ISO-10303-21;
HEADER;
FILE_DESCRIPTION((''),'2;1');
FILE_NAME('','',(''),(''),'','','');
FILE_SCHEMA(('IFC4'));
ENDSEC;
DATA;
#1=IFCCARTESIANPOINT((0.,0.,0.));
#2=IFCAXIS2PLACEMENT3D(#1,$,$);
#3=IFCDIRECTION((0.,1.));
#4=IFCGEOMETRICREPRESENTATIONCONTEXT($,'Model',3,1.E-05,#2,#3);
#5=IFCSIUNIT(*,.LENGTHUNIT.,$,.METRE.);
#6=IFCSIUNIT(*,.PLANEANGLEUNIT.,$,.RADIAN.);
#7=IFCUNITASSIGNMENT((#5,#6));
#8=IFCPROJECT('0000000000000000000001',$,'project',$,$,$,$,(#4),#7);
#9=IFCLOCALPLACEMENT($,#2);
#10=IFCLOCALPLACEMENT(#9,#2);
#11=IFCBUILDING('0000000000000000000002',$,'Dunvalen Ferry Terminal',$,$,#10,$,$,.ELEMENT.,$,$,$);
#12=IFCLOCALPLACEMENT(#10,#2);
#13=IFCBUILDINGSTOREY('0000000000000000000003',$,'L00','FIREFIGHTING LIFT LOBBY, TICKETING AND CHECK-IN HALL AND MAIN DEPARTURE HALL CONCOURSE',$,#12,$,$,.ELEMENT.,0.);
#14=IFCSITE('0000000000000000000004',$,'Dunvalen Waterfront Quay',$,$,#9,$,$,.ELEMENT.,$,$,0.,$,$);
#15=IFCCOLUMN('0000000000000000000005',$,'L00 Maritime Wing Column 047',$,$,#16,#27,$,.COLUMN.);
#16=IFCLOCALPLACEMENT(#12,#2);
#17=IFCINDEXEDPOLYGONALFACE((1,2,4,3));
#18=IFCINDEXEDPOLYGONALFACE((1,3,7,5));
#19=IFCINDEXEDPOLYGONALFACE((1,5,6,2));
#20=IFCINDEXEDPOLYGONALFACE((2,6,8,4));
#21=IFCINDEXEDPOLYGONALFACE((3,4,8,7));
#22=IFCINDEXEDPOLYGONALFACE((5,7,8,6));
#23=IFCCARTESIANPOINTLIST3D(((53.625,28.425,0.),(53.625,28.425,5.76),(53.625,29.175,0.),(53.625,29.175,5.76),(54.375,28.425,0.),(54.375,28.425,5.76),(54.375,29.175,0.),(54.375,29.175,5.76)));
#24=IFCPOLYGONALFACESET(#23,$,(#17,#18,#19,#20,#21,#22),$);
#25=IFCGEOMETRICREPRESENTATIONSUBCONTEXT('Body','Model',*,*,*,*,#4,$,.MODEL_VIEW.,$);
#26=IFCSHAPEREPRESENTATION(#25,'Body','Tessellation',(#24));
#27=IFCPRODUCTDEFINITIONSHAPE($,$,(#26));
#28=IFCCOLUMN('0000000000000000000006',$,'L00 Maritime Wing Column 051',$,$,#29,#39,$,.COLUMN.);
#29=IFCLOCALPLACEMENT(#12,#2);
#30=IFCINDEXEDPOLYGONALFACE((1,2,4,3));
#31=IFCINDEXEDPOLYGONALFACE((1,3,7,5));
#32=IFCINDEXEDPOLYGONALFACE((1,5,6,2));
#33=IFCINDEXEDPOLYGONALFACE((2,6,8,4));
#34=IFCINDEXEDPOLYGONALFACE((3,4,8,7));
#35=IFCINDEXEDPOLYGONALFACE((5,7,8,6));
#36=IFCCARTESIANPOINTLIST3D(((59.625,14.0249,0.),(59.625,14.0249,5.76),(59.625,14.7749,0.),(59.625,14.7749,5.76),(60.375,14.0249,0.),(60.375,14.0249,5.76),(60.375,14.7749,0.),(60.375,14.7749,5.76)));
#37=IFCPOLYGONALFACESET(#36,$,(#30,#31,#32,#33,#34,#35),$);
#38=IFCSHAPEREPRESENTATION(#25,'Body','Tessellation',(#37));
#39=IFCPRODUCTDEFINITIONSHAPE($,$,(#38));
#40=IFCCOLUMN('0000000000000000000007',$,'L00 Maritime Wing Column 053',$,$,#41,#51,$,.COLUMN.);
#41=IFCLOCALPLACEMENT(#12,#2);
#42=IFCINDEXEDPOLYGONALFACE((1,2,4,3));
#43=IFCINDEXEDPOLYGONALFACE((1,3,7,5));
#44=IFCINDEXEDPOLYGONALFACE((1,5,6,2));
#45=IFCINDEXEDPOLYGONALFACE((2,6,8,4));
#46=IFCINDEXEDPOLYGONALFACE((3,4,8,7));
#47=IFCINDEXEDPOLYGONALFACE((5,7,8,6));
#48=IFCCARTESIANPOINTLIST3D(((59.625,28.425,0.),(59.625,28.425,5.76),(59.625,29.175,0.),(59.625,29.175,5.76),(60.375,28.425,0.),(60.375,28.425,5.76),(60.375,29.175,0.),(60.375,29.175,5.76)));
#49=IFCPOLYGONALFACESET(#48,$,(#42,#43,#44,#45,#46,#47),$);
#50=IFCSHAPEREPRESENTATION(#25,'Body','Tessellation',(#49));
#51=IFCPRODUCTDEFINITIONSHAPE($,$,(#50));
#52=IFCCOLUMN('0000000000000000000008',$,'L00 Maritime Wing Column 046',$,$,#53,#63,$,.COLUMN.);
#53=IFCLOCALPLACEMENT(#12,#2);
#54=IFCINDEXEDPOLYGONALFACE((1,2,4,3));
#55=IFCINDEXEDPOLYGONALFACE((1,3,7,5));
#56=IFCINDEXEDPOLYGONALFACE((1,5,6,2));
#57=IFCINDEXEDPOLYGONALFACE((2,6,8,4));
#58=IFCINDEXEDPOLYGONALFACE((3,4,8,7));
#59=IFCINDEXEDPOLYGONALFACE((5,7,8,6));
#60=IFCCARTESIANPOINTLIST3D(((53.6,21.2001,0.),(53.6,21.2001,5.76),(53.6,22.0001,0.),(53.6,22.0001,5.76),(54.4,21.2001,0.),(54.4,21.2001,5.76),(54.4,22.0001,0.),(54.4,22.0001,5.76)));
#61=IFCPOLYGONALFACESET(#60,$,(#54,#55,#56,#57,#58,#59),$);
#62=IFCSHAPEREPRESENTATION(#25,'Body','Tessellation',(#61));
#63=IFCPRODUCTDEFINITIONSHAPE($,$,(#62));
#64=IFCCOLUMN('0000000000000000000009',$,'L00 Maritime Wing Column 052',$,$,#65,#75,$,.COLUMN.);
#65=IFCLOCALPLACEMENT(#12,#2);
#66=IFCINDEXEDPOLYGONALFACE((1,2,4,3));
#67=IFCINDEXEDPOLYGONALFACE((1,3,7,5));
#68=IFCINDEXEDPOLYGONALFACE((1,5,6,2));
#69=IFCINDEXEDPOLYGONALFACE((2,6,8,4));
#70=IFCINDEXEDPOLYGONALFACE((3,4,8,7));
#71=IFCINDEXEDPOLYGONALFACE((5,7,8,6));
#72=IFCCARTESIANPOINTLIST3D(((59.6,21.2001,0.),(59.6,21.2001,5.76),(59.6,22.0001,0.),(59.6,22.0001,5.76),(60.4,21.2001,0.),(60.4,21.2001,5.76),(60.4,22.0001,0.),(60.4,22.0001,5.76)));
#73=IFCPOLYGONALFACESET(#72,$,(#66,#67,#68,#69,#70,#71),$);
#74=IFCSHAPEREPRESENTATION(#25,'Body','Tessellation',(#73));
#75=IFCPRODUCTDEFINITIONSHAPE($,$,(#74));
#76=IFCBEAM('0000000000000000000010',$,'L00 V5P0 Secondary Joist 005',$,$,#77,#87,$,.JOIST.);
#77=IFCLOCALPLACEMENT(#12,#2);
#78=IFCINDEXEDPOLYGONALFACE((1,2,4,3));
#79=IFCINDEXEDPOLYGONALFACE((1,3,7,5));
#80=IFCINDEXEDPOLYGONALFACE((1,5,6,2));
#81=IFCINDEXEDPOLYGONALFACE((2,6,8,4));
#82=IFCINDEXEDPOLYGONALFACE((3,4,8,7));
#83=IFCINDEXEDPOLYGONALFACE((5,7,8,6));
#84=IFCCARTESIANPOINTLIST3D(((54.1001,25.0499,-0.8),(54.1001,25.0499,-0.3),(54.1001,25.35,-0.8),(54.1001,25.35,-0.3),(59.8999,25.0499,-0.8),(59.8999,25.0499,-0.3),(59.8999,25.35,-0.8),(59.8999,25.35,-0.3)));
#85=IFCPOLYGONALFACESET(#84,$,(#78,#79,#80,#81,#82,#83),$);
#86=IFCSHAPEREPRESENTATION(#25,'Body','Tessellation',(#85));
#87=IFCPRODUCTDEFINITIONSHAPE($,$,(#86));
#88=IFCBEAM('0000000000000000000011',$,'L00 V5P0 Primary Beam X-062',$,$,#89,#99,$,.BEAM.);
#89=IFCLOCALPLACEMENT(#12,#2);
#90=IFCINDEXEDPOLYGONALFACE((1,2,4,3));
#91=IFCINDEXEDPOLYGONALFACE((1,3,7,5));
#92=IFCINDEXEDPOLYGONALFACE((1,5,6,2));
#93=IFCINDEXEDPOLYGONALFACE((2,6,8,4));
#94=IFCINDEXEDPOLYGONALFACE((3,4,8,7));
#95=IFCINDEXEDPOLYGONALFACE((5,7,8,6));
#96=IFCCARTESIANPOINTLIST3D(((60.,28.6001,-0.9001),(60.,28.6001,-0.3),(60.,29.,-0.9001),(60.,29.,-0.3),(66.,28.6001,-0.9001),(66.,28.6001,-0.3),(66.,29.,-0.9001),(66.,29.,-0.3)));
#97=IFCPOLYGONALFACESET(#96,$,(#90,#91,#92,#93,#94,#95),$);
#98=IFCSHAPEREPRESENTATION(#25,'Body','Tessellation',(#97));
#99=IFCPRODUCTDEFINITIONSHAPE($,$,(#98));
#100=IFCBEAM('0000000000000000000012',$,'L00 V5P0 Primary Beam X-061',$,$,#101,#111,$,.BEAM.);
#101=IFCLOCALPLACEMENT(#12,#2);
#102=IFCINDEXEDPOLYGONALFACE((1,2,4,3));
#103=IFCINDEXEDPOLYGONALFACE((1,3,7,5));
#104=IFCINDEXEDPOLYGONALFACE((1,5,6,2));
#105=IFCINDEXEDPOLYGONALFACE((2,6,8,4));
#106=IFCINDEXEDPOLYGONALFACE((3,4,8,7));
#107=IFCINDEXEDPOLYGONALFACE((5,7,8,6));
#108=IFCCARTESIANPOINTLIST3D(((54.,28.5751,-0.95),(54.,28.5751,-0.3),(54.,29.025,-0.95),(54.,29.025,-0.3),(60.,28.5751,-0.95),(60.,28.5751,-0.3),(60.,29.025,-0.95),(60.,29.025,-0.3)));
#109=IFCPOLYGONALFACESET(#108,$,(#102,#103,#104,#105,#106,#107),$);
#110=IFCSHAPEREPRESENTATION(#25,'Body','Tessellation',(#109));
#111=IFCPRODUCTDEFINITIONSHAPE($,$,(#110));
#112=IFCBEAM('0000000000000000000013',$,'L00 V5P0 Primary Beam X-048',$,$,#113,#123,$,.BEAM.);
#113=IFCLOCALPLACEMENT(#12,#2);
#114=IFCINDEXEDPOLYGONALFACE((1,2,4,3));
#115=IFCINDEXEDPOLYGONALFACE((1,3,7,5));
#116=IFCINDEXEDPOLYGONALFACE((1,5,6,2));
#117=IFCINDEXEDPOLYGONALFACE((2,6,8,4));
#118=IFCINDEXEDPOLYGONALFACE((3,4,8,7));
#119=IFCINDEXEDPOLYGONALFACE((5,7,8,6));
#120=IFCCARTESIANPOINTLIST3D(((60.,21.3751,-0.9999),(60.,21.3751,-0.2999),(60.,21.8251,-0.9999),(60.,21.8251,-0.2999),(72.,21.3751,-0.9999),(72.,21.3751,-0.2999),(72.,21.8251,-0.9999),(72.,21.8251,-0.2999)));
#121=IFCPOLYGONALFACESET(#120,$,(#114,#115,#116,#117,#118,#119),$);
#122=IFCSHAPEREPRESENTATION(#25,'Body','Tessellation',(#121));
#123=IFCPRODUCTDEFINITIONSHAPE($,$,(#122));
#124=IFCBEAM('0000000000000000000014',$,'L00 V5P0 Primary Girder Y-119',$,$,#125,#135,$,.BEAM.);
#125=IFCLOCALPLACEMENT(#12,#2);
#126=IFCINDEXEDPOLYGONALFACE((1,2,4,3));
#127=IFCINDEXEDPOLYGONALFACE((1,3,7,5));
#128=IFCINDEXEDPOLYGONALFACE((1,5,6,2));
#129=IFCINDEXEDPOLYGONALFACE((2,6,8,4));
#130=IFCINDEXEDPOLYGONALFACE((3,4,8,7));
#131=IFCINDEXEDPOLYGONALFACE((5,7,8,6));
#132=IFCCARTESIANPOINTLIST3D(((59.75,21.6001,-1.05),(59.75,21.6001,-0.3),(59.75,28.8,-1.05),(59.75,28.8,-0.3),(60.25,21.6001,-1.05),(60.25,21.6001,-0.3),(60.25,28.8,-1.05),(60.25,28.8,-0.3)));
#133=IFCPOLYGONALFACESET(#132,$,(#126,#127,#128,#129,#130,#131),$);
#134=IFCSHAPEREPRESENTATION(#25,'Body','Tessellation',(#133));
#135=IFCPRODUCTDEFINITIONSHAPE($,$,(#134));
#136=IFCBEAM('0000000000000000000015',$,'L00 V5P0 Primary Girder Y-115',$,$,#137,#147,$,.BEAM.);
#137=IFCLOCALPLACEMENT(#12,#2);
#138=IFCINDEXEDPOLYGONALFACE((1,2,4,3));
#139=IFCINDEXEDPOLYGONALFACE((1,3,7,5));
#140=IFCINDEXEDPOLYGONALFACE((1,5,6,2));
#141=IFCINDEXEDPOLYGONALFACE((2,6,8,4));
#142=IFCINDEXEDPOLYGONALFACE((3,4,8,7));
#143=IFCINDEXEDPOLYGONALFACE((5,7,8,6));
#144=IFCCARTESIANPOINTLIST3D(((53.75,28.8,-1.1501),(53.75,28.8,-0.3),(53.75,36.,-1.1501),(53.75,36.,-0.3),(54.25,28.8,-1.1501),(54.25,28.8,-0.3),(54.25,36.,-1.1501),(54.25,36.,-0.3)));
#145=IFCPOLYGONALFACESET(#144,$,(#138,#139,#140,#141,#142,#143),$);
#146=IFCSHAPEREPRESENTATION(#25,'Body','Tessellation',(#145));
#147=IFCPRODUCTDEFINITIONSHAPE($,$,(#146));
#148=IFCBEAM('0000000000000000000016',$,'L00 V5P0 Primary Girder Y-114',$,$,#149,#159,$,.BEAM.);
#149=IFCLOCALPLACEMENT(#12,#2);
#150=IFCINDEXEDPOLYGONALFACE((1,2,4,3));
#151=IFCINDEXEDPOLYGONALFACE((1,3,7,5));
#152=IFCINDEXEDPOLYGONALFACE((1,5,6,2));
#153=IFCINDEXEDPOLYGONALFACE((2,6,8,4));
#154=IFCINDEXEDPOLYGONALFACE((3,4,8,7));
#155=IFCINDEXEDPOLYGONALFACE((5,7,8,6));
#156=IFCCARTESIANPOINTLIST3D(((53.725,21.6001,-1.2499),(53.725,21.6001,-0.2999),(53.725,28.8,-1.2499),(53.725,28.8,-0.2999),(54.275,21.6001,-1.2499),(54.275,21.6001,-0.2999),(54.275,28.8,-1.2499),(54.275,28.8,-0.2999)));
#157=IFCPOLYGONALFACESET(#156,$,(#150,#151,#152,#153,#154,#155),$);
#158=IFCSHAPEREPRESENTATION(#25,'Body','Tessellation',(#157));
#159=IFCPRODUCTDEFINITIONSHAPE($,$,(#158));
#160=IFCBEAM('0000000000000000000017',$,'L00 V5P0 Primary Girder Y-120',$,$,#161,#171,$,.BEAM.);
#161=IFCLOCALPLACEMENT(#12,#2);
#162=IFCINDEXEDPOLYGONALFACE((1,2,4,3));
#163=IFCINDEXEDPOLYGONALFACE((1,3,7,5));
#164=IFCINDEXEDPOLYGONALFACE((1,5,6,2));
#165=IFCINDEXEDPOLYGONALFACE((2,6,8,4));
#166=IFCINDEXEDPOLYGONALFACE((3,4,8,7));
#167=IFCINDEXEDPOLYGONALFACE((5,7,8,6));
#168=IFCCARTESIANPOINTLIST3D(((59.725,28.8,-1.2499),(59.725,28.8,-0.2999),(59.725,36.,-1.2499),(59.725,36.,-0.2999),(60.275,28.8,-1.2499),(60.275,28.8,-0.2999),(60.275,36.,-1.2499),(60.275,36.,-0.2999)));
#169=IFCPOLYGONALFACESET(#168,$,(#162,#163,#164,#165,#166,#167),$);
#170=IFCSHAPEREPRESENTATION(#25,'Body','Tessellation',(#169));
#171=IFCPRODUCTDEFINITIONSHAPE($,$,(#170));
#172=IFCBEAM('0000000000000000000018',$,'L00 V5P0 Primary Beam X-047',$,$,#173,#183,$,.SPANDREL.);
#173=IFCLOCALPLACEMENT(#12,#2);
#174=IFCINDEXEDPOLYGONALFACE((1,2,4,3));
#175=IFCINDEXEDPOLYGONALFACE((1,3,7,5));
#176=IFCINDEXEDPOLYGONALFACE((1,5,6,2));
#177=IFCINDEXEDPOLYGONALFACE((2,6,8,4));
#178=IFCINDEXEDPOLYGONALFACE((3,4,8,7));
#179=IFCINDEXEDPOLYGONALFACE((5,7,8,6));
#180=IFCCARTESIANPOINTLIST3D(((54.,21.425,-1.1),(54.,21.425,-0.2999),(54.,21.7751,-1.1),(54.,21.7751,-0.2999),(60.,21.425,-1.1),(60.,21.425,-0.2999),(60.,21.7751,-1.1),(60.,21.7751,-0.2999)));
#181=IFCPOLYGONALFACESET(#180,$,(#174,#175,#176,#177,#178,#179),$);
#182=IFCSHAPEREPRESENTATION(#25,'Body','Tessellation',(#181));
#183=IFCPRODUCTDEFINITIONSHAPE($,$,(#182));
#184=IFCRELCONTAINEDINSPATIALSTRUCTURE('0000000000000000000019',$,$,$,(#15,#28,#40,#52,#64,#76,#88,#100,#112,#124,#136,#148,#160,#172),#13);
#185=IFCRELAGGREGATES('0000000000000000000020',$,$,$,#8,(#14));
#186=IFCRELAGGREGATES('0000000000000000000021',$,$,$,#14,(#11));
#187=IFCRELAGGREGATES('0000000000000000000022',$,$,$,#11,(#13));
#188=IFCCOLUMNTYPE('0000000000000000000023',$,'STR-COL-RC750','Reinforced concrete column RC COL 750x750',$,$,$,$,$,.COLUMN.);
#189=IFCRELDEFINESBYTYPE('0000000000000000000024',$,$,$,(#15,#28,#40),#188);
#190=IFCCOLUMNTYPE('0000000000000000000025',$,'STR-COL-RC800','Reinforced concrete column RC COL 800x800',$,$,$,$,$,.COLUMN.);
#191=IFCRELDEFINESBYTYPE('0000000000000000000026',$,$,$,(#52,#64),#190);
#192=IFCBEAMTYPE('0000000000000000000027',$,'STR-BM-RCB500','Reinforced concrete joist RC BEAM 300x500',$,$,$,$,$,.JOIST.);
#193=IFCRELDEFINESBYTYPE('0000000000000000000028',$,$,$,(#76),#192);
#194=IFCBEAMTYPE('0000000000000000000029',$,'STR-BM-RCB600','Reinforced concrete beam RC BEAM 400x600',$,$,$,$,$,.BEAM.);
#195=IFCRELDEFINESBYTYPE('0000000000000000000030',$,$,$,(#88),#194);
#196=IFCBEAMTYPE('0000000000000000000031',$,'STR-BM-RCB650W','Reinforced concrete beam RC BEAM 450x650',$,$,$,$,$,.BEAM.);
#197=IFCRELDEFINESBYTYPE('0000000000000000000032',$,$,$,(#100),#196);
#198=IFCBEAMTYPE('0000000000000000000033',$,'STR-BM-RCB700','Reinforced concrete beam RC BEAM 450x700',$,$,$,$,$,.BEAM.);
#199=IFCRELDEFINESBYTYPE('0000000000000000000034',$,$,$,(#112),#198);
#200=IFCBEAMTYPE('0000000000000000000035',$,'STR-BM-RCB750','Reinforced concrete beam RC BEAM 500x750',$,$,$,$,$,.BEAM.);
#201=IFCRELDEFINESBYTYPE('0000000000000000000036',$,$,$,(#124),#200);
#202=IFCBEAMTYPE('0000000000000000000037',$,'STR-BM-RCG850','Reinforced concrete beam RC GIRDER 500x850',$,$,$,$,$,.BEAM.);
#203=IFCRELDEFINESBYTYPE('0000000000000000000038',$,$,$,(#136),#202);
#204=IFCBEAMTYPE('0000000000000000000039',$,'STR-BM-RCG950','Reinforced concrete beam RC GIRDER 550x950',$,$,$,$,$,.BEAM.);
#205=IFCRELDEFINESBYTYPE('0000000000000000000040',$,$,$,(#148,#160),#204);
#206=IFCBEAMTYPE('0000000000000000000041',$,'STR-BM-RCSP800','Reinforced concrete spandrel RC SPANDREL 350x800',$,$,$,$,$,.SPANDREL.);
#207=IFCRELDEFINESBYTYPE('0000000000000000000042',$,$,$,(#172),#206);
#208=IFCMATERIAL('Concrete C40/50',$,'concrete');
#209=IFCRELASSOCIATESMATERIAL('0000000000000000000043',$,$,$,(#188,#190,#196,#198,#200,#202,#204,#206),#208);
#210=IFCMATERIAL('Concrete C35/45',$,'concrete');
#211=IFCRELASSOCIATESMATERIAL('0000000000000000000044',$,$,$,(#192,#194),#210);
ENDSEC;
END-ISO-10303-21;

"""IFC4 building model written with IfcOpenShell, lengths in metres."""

from ifc_helpers import new_model, si_unit, direction, frame, origin, origin_2d, place, context, subcontext, project, spatial, rectangle, extrude, material, material_profile, profile_set, type_object, element, save


model = new_model("IFC4")

# Units and contexts
model_context = context("Model", 3, precision=1e-05, world=origin(), true_north=direction((0.0, 1.0)))
body_context = subcontext(model_context, "Body", "Model", "MODEL_VIEW")
ifc_project = project(units=[si_unit("LENGTHUNIT", "METRE"), si_unit("PLANEANGLEUNIT", "RADIAN")], contexts=[model_context])

# Site, building, storey
site_placement = place(None, origin())
site = spatial("IfcSite", under=ifc_project, at=site_placement, Name="Dunvalen Waterfront Quay", CompositionType="ELEMENT", RefElevation=0.0)
building_placement = place(site_placement, origin())
building = spatial("IfcBuilding", under=site, at=building_placement, Name="Dunvalen Ferry Terminal", CompositionType="ELEMENT")
storey_placement = place(building_placement, origin())
storey = spatial("IfcBuildingStorey", under=building, at=storey_placement, Name="L00", Description="FIREFIGHTING LIFT LOBBY, TICKETING AND CHECK-IN HALL AND MAIN DEPARTURE HALL CONCOURSE", CompositionType="ELEMENT", Elevation=0.0)

# Columns
ifc_material_1 = material(Name="Concrete C40/50", Category="concrete")
ifc_material_profile_1 = material_profile(ifc_material_1, rectangle(XDim=0.75, YDim=0.75, at=origin_2d()), Name="Concrete C40/50")
ifc_profile_set_1 = profile_set([ifc_material_profile_1], Name="Concrete C40/50")
column_type_1 = type_object("IfcColumnType", Name="STR-COL-RC750", Description="Reinforced concrete column RC COL 750x750", PredefinedType="COLUMN", material=ifc_profile_set_1)
for number, where, z_axis, x_axis, name in (
    (1, (54.0, 28.8, 0.0), (0.0, 0.0, 1.0), (1.0, 0.0, 0.0), "L00 Maritime Wing Column 047"),
    (2, (60.0, 14.3999, 0.0), (0.0, 0.0, 1.0), (1.0, 0.0, 0.0), "L00 Maritime Wing Column 051"),
    (3, (60.0, 28.8, 0.0), (0.0, 0.0, 1.0), (1.0, 0.0, 0.0), "L00 Maritime Wing Column 053"),
):
    element("IfcColumn", number, at=place(storey_placement, frame(where, z_axis=z_axis, x_axis=x_axis)), inside=storey, type_object=column_type_1, Name=name, PredefinedType="COLUMN", context=body_context, shape_type="SweptSolid", body=[
        extrude(rectangle(XDim=0.75, YDim=0.75, at=origin_2d()), origin(), (0.0, 0.0, 1.0), 5.76),
    ])
ifc_material_profile_2 = material_profile(ifc_material_1, rectangle(XDim=0.8, YDim=0.8, at=origin_2d()), Name="Concrete C40/50")
ifc_profile_set_2 = profile_set([ifc_material_profile_2], Name="Concrete C40/50")
column_type_2 = type_object("IfcColumnType", Name="STR-COL-RC800", Description="Reinforced concrete column RC COL 800x800", PredefinedType="COLUMN", material=ifc_profile_set_2)
for number, where, z_axis, x_axis, name in (
    (4, (54.0, 21.6001, 0.0), (0.0, 0.0, 1.0), (1.0, 0.0, 0.0), "L00 Maritime Wing Column 046"),
    (5, (60.0, 21.6001, 0.0), (0.0, 0.0, 1.0), (1.0, 0.0, 0.0), "L00 Maritime Wing Column 052"),
):
    element("IfcColumn", number, at=place(storey_placement, frame(where, z_axis=z_axis, x_axis=x_axis)), inside=storey, type_object=column_type_2, Name=name, PredefinedType="COLUMN", context=body_context, shape_type="SweptSolid", body=[
        extrude(rectangle(XDim=0.8, YDim=0.8, at=origin_2d()), origin(), (0.0, 0.0, 1.0), 5.76),
    ])

# Beams
ifc_material_2 = material(Name="Concrete C35/45", Category="concrete")
ifc_material_profile_3 = material_profile(ifc_material_2, rectangle(XDim=0.3, YDim=0.5, at=origin_2d()), Name="Concrete C35/45")
ifc_profile_set_3 = profile_set([ifc_material_profile_3], Name="Concrete C35/45")
beam_type_1 = type_object("IfcBeamType", Name="STR-BM-RCB500", Description="Reinforced concrete joist RC BEAM 300x500", PredefinedType="JOIST", material=ifc_profile_set_3)
beam_1_placement = place(storey_placement, frame((54.1001, 25.2, -0.55), z_axis=(1.0, 0.0, 0.0), x_axis=(0.0, 1.0, 0.0)))
element("IfcBeam", 6, at=beam_1_placement, inside=storey, type_object=beam_type_1, Name="L00 V5P0 Secondary Joist 005", PredefinedType="JOIST", context=body_context, shape_type="SweptSolid", body=[
    extrude(rectangle(XDim=0.3, YDim=0.5, at=origin_2d()), origin(), (0.0, 0.0, 1.0), 5.7998),
])
ifc_material_profile_4 = material_profile(ifc_material_2, rectangle(XDim=0.3999, YDim=0.6001, at=origin_2d()), Name="Concrete C35/45")
ifc_profile_set_4 = profile_set([ifc_material_profile_4], Name="Concrete C35/45")
beam_type_2 = type_object("IfcBeamType", Name="STR-BM-RCB600", Description="Reinforced concrete beam RC BEAM 400x600", PredefinedType="BEAM", material=ifc_profile_set_4)
beam_2_placement = place(storey_placement, frame((60.0, 28.8, -0.6001), z_axis=(1.0, 0.0, 0.0), x_axis=(0.0, 1.0, 0.0)))
element("IfcBeam", 7, at=beam_2_placement, inside=storey, type_object=beam_type_2, Name="L00 V5P0 Primary Beam X-062", PredefinedType="BEAM", context=body_context, shape_type="SweptSolid", body=[
    extrude(rectangle(XDim=0.3999, YDim=0.6001, at=origin_2d()), origin(), (0.0, 0.0, 1.0), 6.0),
])
ifc_material_profile_5 = material_profile(ifc_material_1, rectangle(XDim=0.45, YDim=0.6499, at=origin_2d()), Name="Concrete C40/50")
ifc_profile_set_5 = profile_set([ifc_material_profile_5], Name="Concrete C40/50")
beam_type_3 = type_object("IfcBeamType", Name="STR-BM-RCB650W", Description="Reinforced concrete beam RC BEAM 450x650", PredefinedType="BEAM", material=ifc_profile_set_5)
beam_3_placement = place(storey_placement, frame((54.0, 28.8, -0.625), z_axis=(1.0, 0.0, 0.0), x_axis=(0.0, 1.0, 0.0)))
element("IfcBeam", 8, at=beam_3_placement, inside=storey, type_object=beam_type_3, Name="L00 V5P0 Primary Beam X-061", PredefinedType="BEAM", context=body_context, shape_type="SweptSolid", body=[
    extrude(rectangle(XDim=0.45, YDim=0.6499, at=origin_2d()), origin(), (0.0, 0.0, 1.0), 6.0),
])
ifc_material_profile_6 = material_profile(ifc_material_1, rectangle(XDim=0.45, YDim=0.7, at=origin_2d()), Name="Concrete C40/50")
ifc_profile_set_6 = profile_set([ifc_material_profile_6], Name="Concrete C40/50")
beam_type_4 = type_object("IfcBeamType", Name="STR-BM-RCB700", Description="Reinforced concrete beam RC BEAM 450x700", PredefinedType="BEAM", material=ifc_profile_set_6)
beam_4_placement = place(storey_placement, frame((60.0, 21.6001, -0.6499), z_axis=(1.0, 0.0, 0.0), x_axis=(0.0, 1.0, 0.0)))
element("IfcBeam", 9, at=beam_4_placement, inside=storey, type_object=beam_type_4, Name="L00 V5P0 Primary Beam X-048", PredefinedType="BEAM", context=body_context, shape_type="SweptSolid", body=[
    extrude(rectangle(XDim=0.45, YDim=0.7, at=origin_2d()), origin(), (0.0, 0.0, 1.0), 12.0),
])
ifc_material_profile_7 = material_profile(ifc_material_1, rectangle(XDim=0.5, YDim=0.75, at=origin_2d()), Name="Concrete C40/50")
ifc_profile_set_7 = profile_set([ifc_material_profile_7], Name="Concrete C40/50")
beam_type_5 = type_object("IfcBeamType", Name="STR-BM-RCB750", Description="Reinforced concrete beam RC BEAM 500x750", PredefinedType="BEAM", material=ifc_profile_set_7)
beam_5_placement = place(storey_placement, frame((60.0, 21.6001, -0.675), z_axis=(0.0, 1.0, 0.0), x_axis=(-1.0, 0.0, 0.0)))
element("IfcBeam", 10, at=beam_5_placement, inside=storey, type_object=beam_type_5, Name="L00 V5P0 Primary Girder Y-119", PredefinedType="BEAM", context=body_context, shape_type="SweptSolid", body=[
    extrude(rectangle(XDim=0.5, YDim=0.75, at=origin_2d()), origin(), (0.0, 0.0, 1.0), 7.2),
])
ifc_material_profile_8 = material_profile(ifc_material_1, rectangle(XDim=0.5, YDim=0.8501, at=origin_2d()), Name="Concrete C40/50")
ifc_profile_set_8 = profile_set([ifc_material_profile_8], Name="Concrete C40/50")
beam_type_6 = type_object("IfcBeamType", Name="STR-BM-RCG850", Description="Reinforced concrete beam RC GIRDER 500x850", PredefinedType="BEAM", material=ifc_profile_set_8)
beam_6_placement = place(storey_placement, frame((54.0, 28.8, -0.7251), z_axis=(0.0, 1.0, 0.0), x_axis=(-1.0, 0.0, 0.0)))
element("IfcBeam", 11, at=beam_6_placement, inside=storey, type_object=beam_type_6, Name="L00 V5P0 Primary Girder Y-115", PredefinedType="BEAM", context=body_context, shape_type="SweptSolid", body=[
    extrude(rectangle(XDim=0.5, YDim=0.8501, at=origin_2d()), origin(), (0.0, 0.0, 1.0), 7.2),
])
ifc_material_profile_9 = material_profile(ifc_material_1, rectangle(XDim=0.55, YDim=0.95, at=origin_2d()), Name="Concrete C40/50")
ifc_profile_set_9 = profile_set([ifc_material_profile_9], Name="Concrete C40/50")
beam_type_7 = type_object("IfcBeamType", Name="STR-BM-RCG950", Description="Reinforced concrete beam RC GIRDER 550x950", PredefinedType="BEAM", material=ifc_profile_set_9)
for number, where, z_axis, x_axis, name in (
    (12, (54.0, 21.6001, -0.7749), (0.0, 1.0, 0.0), (-1.0, 0.0, 0.0), "L00 V5P0 Primary Girder Y-114"),
    (13, (60.0, 28.8, -0.7749), (0.0, 1.0, 0.0), (-1.0, 0.0, 0.0), "L00 V5P0 Primary Girder Y-120"),
):
    element("IfcBeam", number, at=place(storey_placement, frame(where, z_axis=z_axis, x_axis=x_axis)), inside=storey, type_object=beam_type_7, Name=name, PredefinedType="BEAM", context=body_context, shape_type="SweptSolid", body=[
        extrude(rectangle(XDim=0.55, YDim=0.95, at=origin_2d()), origin(), (0.0, 0.0, 1.0), 7.2),
    ])
ifc_material_profile_10 = material_profile(ifc_material_1, rectangle(XDim=0.3501, YDim=0.8, at=origin_2d()), Name="Concrete C40/50")
ifc_profile_set_10 = profile_set([ifc_material_profile_10], Name="Concrete C40/50")
beam_type_8 = type_object("IfcBeamType", Name="STR-BM-RCSP800", Description="Reinforced concrete spandrel RC SPANDREL 350x800", PredefinedType="SPANDREL", material=ifc_profile_set_10)
beam_7_placement = place(storey_placement, frame((54.0, 21.6001, -0.7), z_axis=(1.0, 0.0, 0.0), x_axis=(0.0, 1.0, 0.0)))
element("IfcBeam", 14, at=beam_7_placement, inside=storey, type_object=beam_type_8, Name="L00 V5P0 Primary Beam X-047", PredefinedType="SPANDREL", context=body_context, shape_type="SweptSolid", body=[
    extrude(rectangle(XDim=0.3501, YDim=0.8, at=origin_2d()), origin(), (0.0, 0.0, 1.0), 6.0),
])

save(model, "model.ifc")
